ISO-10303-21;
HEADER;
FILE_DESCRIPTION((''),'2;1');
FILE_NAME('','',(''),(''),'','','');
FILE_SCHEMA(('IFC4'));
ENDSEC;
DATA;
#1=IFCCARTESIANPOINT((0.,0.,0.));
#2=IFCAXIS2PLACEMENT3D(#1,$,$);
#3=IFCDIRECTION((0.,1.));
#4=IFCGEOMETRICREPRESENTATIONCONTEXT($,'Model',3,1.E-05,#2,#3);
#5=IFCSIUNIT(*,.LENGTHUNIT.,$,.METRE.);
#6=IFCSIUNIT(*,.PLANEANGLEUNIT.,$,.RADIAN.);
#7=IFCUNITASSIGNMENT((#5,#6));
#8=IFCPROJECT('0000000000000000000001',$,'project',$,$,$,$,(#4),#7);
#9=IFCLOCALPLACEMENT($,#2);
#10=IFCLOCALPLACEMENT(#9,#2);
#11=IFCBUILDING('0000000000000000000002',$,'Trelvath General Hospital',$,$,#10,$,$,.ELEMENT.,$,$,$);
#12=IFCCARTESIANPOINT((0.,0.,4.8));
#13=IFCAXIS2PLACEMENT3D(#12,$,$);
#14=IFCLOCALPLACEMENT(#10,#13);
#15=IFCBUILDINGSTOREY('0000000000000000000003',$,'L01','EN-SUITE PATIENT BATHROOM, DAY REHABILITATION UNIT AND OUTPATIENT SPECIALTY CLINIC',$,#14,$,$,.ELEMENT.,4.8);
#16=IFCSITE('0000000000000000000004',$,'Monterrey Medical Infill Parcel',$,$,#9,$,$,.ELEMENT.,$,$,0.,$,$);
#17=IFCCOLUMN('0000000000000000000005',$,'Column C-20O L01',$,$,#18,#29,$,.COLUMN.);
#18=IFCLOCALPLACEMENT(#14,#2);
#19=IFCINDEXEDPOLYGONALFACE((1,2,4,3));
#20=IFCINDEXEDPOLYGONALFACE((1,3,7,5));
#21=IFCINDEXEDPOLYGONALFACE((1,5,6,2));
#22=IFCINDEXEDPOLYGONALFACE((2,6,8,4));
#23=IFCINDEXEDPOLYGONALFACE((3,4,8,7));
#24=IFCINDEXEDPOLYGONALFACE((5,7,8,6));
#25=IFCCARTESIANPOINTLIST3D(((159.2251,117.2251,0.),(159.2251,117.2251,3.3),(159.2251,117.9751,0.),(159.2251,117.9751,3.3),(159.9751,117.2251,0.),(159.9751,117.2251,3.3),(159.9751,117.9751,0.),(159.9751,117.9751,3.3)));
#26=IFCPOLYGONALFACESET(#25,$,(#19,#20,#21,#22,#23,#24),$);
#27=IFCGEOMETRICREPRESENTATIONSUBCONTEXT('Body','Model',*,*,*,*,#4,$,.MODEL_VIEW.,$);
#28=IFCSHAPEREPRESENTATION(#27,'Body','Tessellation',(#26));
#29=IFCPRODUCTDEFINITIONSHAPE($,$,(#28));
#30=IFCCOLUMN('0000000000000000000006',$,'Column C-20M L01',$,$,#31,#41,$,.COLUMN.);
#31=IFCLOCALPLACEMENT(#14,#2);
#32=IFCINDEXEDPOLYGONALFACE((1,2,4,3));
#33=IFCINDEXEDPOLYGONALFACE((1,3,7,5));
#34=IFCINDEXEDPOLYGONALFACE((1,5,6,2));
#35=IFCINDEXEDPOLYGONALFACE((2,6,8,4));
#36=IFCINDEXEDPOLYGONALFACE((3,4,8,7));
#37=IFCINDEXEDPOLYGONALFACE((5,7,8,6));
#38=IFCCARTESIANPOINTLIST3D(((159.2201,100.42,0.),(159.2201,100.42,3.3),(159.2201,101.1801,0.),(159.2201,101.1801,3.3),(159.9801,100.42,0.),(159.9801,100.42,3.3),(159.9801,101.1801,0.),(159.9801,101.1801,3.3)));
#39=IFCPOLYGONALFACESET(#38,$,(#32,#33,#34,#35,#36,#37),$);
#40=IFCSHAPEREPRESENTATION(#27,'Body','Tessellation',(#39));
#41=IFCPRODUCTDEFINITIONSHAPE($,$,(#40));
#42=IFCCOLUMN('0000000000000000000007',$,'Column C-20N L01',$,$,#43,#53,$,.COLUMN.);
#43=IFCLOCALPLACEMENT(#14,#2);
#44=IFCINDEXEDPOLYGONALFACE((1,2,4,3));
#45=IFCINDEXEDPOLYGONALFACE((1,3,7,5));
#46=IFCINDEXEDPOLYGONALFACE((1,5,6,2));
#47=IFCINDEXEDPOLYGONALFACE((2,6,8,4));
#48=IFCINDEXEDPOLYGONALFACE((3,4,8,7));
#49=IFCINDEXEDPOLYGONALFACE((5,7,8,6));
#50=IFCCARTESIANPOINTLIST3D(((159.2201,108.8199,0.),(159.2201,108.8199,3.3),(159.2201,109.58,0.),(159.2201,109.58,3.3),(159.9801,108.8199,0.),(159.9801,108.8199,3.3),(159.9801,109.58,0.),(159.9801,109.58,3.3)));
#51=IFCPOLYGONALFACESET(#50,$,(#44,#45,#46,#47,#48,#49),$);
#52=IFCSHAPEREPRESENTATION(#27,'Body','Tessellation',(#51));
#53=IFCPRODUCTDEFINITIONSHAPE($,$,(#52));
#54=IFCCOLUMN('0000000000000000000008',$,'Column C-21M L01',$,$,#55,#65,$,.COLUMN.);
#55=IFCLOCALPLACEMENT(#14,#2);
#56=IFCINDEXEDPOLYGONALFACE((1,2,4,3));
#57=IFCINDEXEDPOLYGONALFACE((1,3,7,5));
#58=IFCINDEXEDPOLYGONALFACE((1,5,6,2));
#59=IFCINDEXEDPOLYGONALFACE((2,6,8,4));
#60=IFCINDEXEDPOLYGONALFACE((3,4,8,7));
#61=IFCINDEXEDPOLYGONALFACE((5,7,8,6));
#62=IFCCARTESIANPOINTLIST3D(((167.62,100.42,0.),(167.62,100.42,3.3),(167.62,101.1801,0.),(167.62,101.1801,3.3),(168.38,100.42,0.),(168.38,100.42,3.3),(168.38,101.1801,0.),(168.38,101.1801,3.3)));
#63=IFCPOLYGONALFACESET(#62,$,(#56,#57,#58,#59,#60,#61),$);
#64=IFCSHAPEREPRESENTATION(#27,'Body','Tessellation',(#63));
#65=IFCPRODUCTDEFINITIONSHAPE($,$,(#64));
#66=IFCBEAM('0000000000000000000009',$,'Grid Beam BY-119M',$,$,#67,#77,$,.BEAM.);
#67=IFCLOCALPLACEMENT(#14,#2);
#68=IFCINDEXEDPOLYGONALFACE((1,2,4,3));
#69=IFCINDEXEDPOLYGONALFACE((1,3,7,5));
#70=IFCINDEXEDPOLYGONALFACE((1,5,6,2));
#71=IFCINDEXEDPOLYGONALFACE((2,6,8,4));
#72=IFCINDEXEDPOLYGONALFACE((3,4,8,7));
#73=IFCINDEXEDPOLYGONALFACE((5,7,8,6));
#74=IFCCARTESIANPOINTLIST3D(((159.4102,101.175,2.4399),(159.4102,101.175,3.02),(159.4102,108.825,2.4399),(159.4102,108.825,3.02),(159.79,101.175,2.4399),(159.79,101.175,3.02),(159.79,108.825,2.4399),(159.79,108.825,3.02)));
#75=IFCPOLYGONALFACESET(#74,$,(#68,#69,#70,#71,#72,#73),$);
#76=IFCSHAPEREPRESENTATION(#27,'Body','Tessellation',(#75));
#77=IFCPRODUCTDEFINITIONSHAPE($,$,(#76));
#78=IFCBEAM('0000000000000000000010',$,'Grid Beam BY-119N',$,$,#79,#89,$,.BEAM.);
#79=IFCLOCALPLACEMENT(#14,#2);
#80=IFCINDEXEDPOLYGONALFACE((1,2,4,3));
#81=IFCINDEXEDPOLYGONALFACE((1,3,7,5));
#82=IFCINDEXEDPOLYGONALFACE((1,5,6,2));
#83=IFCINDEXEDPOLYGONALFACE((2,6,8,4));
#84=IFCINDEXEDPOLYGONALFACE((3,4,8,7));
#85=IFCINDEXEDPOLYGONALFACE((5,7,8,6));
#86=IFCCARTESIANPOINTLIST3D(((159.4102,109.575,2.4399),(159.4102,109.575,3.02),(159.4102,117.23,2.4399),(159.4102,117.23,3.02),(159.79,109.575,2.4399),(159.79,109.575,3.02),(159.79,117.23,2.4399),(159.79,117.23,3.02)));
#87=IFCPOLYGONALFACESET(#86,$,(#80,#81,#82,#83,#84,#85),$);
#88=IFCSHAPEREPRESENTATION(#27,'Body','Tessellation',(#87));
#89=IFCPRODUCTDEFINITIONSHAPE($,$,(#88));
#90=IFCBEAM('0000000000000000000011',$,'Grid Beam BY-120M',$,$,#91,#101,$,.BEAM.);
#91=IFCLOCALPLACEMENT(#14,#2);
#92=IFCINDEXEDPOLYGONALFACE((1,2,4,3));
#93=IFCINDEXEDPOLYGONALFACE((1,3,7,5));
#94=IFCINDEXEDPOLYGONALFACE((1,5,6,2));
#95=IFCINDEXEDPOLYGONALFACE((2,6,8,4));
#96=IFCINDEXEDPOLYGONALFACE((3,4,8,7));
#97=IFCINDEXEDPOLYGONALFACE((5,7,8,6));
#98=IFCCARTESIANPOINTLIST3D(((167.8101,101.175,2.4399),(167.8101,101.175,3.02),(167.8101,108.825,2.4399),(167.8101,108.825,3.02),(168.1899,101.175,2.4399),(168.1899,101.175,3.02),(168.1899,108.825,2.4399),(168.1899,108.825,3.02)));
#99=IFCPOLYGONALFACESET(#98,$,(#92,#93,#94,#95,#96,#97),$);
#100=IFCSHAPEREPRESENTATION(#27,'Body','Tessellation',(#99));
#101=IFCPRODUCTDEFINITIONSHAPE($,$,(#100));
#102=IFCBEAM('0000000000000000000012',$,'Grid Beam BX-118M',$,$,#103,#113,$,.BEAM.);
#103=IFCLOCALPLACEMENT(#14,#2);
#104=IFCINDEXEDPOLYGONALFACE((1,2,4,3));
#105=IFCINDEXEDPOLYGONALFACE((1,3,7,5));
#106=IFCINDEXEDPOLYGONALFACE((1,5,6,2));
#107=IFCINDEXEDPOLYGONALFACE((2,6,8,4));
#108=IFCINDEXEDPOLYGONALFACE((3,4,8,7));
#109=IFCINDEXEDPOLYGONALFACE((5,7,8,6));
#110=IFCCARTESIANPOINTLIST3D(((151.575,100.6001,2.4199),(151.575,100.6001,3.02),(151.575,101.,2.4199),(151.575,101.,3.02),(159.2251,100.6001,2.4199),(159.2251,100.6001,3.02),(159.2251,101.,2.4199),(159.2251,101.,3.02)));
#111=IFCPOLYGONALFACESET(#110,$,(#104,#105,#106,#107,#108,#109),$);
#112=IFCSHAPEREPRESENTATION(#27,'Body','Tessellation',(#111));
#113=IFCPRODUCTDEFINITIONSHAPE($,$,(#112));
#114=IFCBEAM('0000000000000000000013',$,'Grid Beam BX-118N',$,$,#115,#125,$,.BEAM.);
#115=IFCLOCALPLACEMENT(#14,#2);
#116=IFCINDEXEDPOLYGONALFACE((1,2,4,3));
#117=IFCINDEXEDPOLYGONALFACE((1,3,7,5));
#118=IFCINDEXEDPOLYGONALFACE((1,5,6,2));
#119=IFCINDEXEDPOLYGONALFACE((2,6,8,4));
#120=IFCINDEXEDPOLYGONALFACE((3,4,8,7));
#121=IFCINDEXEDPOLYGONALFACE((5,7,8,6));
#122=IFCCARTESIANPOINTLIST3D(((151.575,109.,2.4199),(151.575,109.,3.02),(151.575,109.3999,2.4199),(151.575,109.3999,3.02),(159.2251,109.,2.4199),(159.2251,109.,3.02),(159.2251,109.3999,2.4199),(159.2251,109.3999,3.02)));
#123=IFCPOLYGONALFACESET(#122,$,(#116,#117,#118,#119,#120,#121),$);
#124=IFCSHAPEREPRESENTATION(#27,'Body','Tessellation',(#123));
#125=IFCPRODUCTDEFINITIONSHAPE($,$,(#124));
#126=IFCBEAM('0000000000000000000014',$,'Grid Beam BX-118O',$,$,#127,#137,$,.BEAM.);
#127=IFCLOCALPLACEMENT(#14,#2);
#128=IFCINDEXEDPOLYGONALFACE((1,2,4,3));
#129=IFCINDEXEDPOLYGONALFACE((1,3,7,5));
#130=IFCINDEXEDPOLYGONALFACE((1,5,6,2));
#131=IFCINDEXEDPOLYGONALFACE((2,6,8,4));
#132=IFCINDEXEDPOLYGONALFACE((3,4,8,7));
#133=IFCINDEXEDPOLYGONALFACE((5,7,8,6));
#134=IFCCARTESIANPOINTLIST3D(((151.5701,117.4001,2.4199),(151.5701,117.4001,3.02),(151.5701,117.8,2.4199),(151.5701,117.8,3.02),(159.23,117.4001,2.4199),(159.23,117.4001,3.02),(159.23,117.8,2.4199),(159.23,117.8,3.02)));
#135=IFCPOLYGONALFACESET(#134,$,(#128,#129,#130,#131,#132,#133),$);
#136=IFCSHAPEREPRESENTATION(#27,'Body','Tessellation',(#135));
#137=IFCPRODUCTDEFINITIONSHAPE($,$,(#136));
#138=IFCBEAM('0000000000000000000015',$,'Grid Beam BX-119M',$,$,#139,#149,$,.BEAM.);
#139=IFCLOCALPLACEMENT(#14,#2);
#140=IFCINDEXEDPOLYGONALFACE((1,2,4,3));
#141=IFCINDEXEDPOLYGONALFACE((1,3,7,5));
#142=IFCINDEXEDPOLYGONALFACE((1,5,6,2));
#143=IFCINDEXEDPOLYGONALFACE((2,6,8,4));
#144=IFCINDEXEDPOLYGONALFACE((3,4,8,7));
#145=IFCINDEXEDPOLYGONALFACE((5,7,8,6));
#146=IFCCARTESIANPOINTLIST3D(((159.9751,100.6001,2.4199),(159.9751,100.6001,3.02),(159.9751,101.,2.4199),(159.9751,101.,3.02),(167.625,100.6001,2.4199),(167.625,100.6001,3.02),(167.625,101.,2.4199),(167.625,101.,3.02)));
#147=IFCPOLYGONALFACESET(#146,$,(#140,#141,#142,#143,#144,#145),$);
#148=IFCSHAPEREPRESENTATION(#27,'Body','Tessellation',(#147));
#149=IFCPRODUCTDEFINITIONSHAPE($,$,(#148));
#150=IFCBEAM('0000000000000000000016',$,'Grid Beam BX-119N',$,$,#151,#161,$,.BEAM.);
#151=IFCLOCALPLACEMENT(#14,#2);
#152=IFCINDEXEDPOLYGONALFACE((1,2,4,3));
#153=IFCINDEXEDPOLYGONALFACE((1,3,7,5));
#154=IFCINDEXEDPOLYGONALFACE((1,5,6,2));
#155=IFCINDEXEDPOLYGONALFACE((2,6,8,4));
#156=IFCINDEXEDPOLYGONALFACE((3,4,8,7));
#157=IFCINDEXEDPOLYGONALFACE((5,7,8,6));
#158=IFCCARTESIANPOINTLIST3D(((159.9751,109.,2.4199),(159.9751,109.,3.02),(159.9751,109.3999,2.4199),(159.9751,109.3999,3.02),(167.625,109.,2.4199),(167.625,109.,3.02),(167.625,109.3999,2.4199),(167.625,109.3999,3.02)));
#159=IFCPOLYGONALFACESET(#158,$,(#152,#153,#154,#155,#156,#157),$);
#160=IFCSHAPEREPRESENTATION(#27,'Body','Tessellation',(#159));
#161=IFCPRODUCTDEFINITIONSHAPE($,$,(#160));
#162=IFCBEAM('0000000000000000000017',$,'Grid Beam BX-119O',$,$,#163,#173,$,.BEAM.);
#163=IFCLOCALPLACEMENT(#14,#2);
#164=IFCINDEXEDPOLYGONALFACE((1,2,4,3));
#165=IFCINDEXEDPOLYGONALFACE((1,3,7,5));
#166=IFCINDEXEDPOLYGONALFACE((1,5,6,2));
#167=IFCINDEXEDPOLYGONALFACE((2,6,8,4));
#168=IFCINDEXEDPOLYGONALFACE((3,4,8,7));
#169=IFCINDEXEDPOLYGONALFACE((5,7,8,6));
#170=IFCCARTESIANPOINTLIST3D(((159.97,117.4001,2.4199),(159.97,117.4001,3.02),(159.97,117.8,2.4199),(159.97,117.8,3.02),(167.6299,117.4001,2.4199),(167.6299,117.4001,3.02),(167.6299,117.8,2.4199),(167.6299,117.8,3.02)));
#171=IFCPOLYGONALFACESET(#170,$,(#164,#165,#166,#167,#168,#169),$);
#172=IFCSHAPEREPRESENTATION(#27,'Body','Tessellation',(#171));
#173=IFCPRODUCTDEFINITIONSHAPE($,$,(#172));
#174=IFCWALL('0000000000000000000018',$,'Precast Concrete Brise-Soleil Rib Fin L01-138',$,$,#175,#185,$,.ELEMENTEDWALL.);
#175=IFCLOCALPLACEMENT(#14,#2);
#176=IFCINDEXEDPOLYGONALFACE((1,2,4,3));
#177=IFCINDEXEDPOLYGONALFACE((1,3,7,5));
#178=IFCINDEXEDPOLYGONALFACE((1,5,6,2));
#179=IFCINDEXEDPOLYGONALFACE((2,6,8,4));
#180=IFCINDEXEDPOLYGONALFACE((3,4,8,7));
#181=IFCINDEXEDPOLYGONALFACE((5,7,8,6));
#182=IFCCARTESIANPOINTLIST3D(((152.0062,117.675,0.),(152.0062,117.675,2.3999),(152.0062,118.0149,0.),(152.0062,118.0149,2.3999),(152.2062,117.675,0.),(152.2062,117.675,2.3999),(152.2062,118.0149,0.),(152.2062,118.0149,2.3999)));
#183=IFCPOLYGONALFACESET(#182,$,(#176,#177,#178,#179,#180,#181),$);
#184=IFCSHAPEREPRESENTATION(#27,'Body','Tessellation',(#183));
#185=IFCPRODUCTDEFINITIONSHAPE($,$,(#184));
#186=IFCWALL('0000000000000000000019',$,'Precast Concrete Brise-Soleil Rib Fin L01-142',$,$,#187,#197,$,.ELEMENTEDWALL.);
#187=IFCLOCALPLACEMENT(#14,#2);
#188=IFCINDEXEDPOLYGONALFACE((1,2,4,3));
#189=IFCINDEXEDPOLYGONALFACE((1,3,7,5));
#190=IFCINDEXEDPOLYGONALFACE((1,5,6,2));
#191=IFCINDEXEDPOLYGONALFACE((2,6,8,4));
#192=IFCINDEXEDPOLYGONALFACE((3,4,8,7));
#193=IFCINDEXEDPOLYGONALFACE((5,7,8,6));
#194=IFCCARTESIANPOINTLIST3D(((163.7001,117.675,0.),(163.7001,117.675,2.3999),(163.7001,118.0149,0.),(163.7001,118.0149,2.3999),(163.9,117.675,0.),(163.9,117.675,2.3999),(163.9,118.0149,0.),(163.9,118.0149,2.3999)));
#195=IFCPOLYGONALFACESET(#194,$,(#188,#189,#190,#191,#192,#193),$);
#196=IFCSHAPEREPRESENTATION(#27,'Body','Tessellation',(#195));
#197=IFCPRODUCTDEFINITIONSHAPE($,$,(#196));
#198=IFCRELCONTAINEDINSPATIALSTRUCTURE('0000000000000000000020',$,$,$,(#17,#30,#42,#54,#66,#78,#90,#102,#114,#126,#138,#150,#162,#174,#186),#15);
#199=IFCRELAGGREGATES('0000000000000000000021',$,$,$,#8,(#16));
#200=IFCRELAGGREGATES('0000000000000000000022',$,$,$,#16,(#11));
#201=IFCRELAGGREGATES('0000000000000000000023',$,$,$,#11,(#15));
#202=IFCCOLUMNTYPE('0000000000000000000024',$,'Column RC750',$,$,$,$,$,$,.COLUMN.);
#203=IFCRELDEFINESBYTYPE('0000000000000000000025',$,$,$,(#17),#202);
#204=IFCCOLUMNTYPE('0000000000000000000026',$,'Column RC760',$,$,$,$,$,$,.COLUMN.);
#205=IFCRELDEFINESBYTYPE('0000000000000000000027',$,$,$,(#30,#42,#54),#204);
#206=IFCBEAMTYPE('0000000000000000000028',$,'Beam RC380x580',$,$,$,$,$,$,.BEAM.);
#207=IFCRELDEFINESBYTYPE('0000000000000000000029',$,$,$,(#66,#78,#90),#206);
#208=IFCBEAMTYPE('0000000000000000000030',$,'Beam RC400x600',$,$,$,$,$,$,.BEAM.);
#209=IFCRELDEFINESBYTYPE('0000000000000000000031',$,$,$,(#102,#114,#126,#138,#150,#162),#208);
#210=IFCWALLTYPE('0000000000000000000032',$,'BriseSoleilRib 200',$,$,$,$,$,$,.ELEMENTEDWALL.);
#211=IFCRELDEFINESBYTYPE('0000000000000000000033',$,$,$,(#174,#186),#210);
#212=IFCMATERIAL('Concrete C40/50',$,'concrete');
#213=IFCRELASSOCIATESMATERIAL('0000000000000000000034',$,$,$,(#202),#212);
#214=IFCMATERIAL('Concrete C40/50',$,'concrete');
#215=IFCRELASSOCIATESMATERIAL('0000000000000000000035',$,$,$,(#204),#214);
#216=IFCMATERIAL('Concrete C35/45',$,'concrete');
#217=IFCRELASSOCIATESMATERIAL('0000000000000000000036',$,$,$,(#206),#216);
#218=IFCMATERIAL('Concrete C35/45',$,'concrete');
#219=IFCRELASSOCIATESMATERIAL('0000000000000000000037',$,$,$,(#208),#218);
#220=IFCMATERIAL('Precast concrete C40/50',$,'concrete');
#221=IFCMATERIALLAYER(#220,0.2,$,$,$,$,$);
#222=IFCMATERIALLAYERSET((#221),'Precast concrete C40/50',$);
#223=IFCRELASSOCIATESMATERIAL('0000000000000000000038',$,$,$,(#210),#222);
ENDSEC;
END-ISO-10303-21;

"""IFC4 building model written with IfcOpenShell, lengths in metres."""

from ifc_helpers import new_model, si_unit, direction, frame, frame_2d, origin, origin_2d, place, context, subcontext, project, spatial, rectangle, extrude, material, layer, layer_set, material_profile, profile_set, type_object, element, save


model = new_model("IFC4")

# Units and contexts
model_context = context("Model", 3, precision=1e-05, world=origin(), true_north=direction((0.0, 1.0)))
body_context = subcontext(model_context, "Body", "Model", "MODEL_VIEW")
ifc_project = project(units=[si_unit("LENGTHUNIT", "METRE"), si_unit("PLANEANGLEUNIT", "RADIAN")], contexts=[model_context])

# Site, building, storey
site_placement = place(None, origin())
site = spatial("IfcSite", under=ifc_project, at=site_placement, Name="Monterrey Medical Infill Parcel", CompositionType="ELEMENT", RefElevation=0.0)
building_placement = place(site_placement, origin())
building = spatial("IfcBuilding", under=site, at=building_placement, Name="Trelvath General Hospital", CompositionType="ELEMENT")
storey_placement = place(building_placement, frame((0.0, 0.0, 4.8)))
storey = spatial("IfcBuildingStorey", under=building, at=storey_placement, Name="L01", Description="EN-SUITE PATIENT BATHROOM, DAY REHABILITATION UNIT AND OUTPATIENT SPECIALTY CLINIC", CompositionType="ELEMENT", Elevation=4.8)

# Columns
ifc_material_1 = material(Name="Concrete C40/50", Category="concrete")
ifc_material_profile_1 = material_profile(ifc_material_1, rectangle(XDim=0.75, YDim=0.75, at=origin_2d()), Name="RC750x750")
ifc_profile_set_1 = profile_set([ifc_material_profile_1], Name="Concrete C40/50")
column_type_1 = type_object("IfcColumnType", Name="Column RC750", PredefinedType="COLUMN", material=ifc_profile_set_1)
column_placement = place(storey_placement, frame((159.6001, 117.6001, 0.0), z_axis=(0.0, 0.0, 1.0), x_axis=(1.0, 0.0, 0.0)))
element("IfcColumn", 1, at=column_placement, inside=storey, type_object=column_type_1, Name="Column C-20O L01", PredefinedType="COLUMN", context=body_context, shape_type="SweptSolid", body=[
    extrude(rectangle(XDim=0.75, YDim=0.75, at=origin_2d()), origin(), (0.0, 0.0, 1.0), 3.3),
])
ifc_material_2 = material(Name="Concrete C40/50", Category="concrete")
ifc_material_profile_2 = material_profile(ifc_material_2, rectangle(XDim=0.76, YDim=0.76, at=origin_2d()), Name="RC760x760")
ifc_profile_set_2 = profile_set([ifc_material_profile_2], Name="Concrete C40/50")
column_type_2 = type_object("IfcColumnType", Name="Column RC760", PredefinedType="COLUMN", material=ifc_profile_set_2)
for number, where, z_axis, x_axis, name in (
    (2, (159.6001, 100.8, 0.0), (0.0, 0.0, 1.0), (1.0, 0.0, 0.0), "Column C-20M L01"),
    (3, (159.6001, 109.2, 0.0), (0.0, 0.0, 1.0), (1.0, 0.0, 0.0), "Column C-20N L01"),
    (4, (168.0, 100.8, 0.0), (0.0, 0.0, 1.0), (1.0, 0.0, 0.0), "Column C-21M L01"),
):
    element("IfcColumn", number, at=place(storey_placement, frame(where, z_axis=z_axis, x_axis=x_axis)), inside=storey, type_object=column_type_2, Name=name, PredefinedType="COLUMN", context=body_context, shape_type="SweptSolid", body=[
        extrude(rectangle(XDim=0.76, YDim=0.76, at=origin_2d()), origin(), (0.0, 0.0, 1.0), 3.3),
    ])

# Beams
ifc_material_3 = material(Name="Concrete C35/45", Category="concrete")
ifc_material_profile_3 = material_profile(ifc_material_3, rectangle(XDim=0.3799, YDim=0.5801, at=origin_2d()), Name="RCB380x580")
ifc_profile_set_3 = profile_set([ifc_material_profile_3], Name="Concrete C35/45")
beam_type_1 = type_object("IfcBeamType", Name="Beam RC380x580", PredefinedType="BEAM", material=ifc_profile_set_3)
beam_1_placement = place(storey_placement, frame((159.6001, 101.175, 2.73), z_axis=(0.0, 1.0, 0.0), x_axis=(-1.0, 0.0, 0.0)))
element("IfcBeam", 5, at=beam_1_placement, inside=storey, type_object=beam_type_1, Name="Grid Beam BY-119M", PredefinedType="BEAM", context=body_context, shape_type="SweptSolid", body=[
    extrude(rectangle(XDim=0.3799, YDim=0.5801, at=origin_2d()), origin(), (0.0, 0.0, 1.0), 7.6499),
])
beam_2_placement = place(storey_placement, frame((159.6001, 109.575, 2.73), z_axis=(0.0, 1.0, 0.0), x_axis=(-1.0, 0.0, 0.0)))
element("IfcBeam", 6, at=beam_2_placement, inside=storey, type_object=beam_type_1, Name="Grid Beam BY-119N", PredefinedType="BEAM", context=body_context, shape_type="SweptSolid", body=[
    extrude(rectangle(XDim=0.3799, YDim=0.5801, at=origin_2d()), origin(), (0.0, 0.0, 1.0), 7.655),
])
beam_3_placement = place(storey_placement, frame((168.0, 101.175, 2.73), z_axis=(0.0, 1.0, 0.0), x_axis=(-1.0, 0.0, 0.0)))
element("IfcBeam", 7, at=beam_3_placement, inside=storey, type_object=beam_type_1, Name="Grid Beam BY-120M", PredefinedType="BEAM", context=body_context, shape_type="SweptSolid", body=[
    extrude(rectangle(XDim=0.3799, YDim=0.5801, at=origin_2d()), origin(), (0.0, 0.0, 1.0), 7.6499),
])
ifc_material_4 = material(Name="Concrete C35/45", Category="concrete")
ifc_material_profile_4 = material_profile(ifc_material_4, rectangle(XDim=0.3999, YDim=0.6001, at=origin_2d()), Name="RCB400x600")
ifc_profile_set_4 = profile_set([ifc_material_profile_4], Name="Concrete C35/45")
beam_type_2 = type_object("IfcBeamType", Name="Beam RC400x600", PredefinedType="BEAM", material=ifc_profile_set_4)
for number, where, z_axis, x_axis, name in (
    (8, (151.575, 100.8, 2.72), (1.0, 0.0, 0.0), (0.0, 1.0, 0.0), "Grid Beam BX-118M"),
    (9, (151.575, 109.2, 2.72), (1.0, 0.0, 0.0), (0.0, 1.0, 0.0), "Grid Beam BX-118N"),
):
    element("IfcBeam", number, at=place(storey_placement, frame(where, z_axis=z_axis, x_axis=x_axis)), inside=storey, type_object=beam_type_2, Name=name, PredefinedType="BEAM", context=body_context, shape_type="SweptSolid", body=[
        extrude(rectangle(XDim=0.3999, YDim=0.6001, at=origin_2d()), origin(), (0.0, 0.0, 1.0), 7.6501),
    ])
beam_4_placement = place(storey_placement, frame((151.5701, 117.6001, 2.72), z_axis=(1.0, 0.0, 0.0), x_axis=(0.0, 1.0, 0.0)))
element("IfcBeam", 10, at=beam_4_placement, inside=storey, type_object=beam_type_2, Name="Grid Beam BX-118O", PredefinedType="BEAM", context=body_context, shape_type="SweptSolid", body=[
    extrude(rectangle(XDim=0.3999, YDim=0.6001, at=origin_2d()), origin(), (0.0, 0.0, 1.0), 7.6599),
])
for number, where, z_axis, x_axis, name in (
    (11, (159.9751, 100.8, 2.72), (1.0, 0.0, 0.0), (0.0, 1.0, 0.0), "Grid Beam BX-119M"),
    (12, (159.9751, 109.2, 2.72), (1.0, 0.0, 0.0), (0.0, 1.0, 0.0), "Grid Beam BX-119N"),
):
    element("IfcBeam", number, at=place(storey_placement, frame(where, z_axis=z_axis, x_axis=x_axis)), inside=storey, type_object=beam_type_2, Name=name, PredefinedType="BEAM", context=body_context, shape_type="SweptSolid", body=[
        extrude(rectangle(XDim=0.3999, YDim=0.6001, at=origin_2d()), origin(), (0.0, 0.0, 1.0), 7.6499),
    ])
beam_5_placement = place(storey_placement, frame((159.97, 117.6001, 2.72), z_axis=(1.0, 0.0, 0.0), x_axis=(0.0, 1.0, 0.0)))
element("IfcBeam", 13, at=beam_5_placement, inside=storey, type_object=beam_type_2, Name="Grid Beam BX-119O", PredefinedType="BEAM", context=body_context, shape_type="SweptSolid", body=[
    extrude(rectangle(XDim=0.3999, YDim=0.6001, at=origin_2d()), origin(), (0.0, 0.0, 1.0), 7.6599),
])

# Walls
ifc_material_5 = material(Name="Precast concrete C40/50", Category="concrete")
ifc_layer_1 = layer(ifc_material_5, 0.2)
ifc_layer_set_1 = layer_set([ifc_layer_1], Name="Precast concrete C40/50")
wall_type_1 = type_object("IfcWallType", Name="BriseSoleilRib 200", PredefinedType="ELEMENTEDWALL", material=ifc_layer_set_1)
for number, where, z_axis, x_axis, name in (
    (14, (152.1062, 117.675, 0.0), (0.0, 0.0, 1.0), (0.0, 1.0, 0.0), "Precast Concrete Brise-Soleil Rib Fin L01-138"),
    (15, (163.8, 117.675, 0.0), (0.0, 0.0, 1.0), (0.0, 1.0, 0.0), "Precast Concrete Brise-Soleil Rib Fin L01-142"),
):
    element("IfcWall", number, at=place(storey_placement, frame(where, z_axis=z_axis, x_axis=x_axis)), inside=storey, type_object=wall_type_1, Name=name, PredefinedType="ELEMENTEDWALL", context=body_context, shape_type="SweptSolid", body=[
        extrude(rectangle(XDim=0.3398, YDim=0.2, at=frame_2d((0.1699, 0.0))), origin(), (0.0, 0.0, 1.0), 2.3999),
    ])

save(model, "model.ifc")
